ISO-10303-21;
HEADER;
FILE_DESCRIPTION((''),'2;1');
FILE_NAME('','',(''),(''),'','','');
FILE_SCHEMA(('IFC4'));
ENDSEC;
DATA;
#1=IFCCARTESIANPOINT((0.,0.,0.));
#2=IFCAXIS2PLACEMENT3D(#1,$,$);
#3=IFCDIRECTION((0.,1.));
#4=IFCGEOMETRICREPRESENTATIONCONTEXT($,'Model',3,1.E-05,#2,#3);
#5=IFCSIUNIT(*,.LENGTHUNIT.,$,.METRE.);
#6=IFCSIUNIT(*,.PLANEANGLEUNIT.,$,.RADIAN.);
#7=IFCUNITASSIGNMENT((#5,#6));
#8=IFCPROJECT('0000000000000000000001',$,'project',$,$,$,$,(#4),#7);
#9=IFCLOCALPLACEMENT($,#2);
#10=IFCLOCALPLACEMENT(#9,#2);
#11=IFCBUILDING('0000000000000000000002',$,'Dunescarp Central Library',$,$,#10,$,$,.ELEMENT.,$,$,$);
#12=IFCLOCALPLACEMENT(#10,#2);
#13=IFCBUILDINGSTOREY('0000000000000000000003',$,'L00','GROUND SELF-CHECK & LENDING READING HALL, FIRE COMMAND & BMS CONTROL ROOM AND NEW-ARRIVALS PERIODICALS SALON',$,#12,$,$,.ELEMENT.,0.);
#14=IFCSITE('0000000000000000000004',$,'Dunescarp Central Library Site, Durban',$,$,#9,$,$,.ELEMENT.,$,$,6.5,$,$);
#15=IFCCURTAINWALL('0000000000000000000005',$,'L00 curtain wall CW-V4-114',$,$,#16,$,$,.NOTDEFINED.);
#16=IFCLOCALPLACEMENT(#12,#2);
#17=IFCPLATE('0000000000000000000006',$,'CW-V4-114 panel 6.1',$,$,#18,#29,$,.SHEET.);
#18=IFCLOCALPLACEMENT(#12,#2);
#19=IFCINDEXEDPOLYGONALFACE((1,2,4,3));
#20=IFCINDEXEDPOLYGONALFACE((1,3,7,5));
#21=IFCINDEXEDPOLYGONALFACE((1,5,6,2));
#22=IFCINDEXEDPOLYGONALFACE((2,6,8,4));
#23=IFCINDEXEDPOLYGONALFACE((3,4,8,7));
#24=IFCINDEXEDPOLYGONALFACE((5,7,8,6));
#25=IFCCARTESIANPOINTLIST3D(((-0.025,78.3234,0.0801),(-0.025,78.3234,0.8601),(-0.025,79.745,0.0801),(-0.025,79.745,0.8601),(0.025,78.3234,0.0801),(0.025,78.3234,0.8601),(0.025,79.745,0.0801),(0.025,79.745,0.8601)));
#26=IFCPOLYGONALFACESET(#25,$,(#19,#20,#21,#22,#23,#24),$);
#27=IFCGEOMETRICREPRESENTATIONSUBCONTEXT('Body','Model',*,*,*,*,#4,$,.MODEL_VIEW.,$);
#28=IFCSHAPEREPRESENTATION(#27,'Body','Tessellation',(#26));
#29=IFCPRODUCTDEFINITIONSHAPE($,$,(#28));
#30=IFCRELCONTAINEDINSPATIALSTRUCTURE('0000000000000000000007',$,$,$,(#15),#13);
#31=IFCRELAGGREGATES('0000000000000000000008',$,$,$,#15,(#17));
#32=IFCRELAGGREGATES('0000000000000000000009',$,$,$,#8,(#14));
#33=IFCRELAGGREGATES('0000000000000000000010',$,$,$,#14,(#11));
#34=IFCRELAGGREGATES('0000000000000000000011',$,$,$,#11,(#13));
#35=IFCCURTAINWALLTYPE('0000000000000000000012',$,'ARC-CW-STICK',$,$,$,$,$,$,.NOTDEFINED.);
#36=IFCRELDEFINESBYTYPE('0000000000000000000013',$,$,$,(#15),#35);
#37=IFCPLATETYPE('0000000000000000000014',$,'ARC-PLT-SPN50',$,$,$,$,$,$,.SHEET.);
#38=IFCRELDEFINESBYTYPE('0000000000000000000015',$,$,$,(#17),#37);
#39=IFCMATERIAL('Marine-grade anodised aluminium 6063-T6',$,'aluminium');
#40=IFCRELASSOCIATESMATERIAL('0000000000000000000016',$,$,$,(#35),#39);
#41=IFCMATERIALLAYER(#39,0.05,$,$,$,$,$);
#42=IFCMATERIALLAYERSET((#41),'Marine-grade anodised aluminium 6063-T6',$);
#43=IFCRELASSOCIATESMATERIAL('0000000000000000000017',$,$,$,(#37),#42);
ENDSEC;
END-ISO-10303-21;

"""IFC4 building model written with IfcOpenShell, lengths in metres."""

from ifc_helpers import new_model, si_unit, direction, frame, origin, origin_2d, place, context, subcontext, project, spatial, rectangle, extrude, material, layer, layer_set, type_object, element, aggregate, save


model = new_model("IFC4")

# Units and contexts
model_context = context("Model", 3, precision=1e-05, world=origin(), true_north=direction((0.0, 1.0)))
body_context = subcontext(model_context, "Body", "Model", "MODEL_VIEW")
ifc_project = project(units=[si_unit("LENGTHUNIT", "METRE"), si_unit("PLANEANGLEUNIT", "RADIAN")], contexts=[model_context])

# Site, building, storey
site_placement = place(None, origin())
site = spatial("IfcSite", under=ifc_project, at=site_placement, Name="Dunescarp Central Library Site, Durban", CompositionType="ELEMENT", RefElevation=6.5)
building_placement = place(site_placement, origin())
building = spatial("IfcBuilding", under=site, at=building_placement, Name="Dunescarp Central Library", CompositionType="ELEMENT")
storey_placement = place(building_placement, origin())
storey = spatial("IfcBuildingStorey", under=building, at=storey_placement, Name="L00", Description="GROUND SELF-CHECK & LENDING READING HALL, FIRE COMMAND & BMS CONTROL ROOM AND NEW-ARRIVALS PERIODICALS SALON", CompositionType="ELEMENT", Elevation=0.0)

# Curtain wall, plate
ifc_material_1 = material(Name="Marine-grade anodised aluminium 6063-T6", Category="aluminium")
curtain_wall_type = type_object("IfcCurtainWallType", Name="ARC-CW-STICK", PredefinedType="NOTDEFINED", material=ifc_material_1)
curtain_wall_placement = place(storey_placement, origin())
curtain_wall = element("IfcCurtainWall", 1, at=curtain_wall_placement, inside=storey, type_object=curtain_wall_type, Name="L00 curtain wall CW-V4-114", PredefinedType="NOTDEFINED")
ifc_layer_1 = layer(ifc_material_1, 0.05)
ifc_layer_set_1 = layer_set([ifc_layer_1], Name="Marine-grade anodised aluminium 6063-T6")
plate_type_1 = type_object("IfcPlateType", Name="ARC-PLT-SPN50", PredefinedType="SHEET", material=ifc_layer_set_1)
plate_1_placement = place(storey_placement, frame((0.0, 79.0342, 0.0801), z_axis=(0.0, 0.0, 1.0), x_axis=(0.0, 1.0, 0.0)))
plate_1 = element("IfcPlate", 2, at=plate_1_placement, type_object=plate_type_1, Name="CW-V4-114 panel 6.1", PredefinedType="SHEET", context=body_context, shape_type="SweptSolid", body=[
    extrude(rectangle(XDim=1.4216, YDim=0.05, at=origin_2d()), origin(), (0.0, 0.0, 1.0), 0.78),
])
aggregate(curtain_wall, [plate_1])

save(model, "model.ifc")
